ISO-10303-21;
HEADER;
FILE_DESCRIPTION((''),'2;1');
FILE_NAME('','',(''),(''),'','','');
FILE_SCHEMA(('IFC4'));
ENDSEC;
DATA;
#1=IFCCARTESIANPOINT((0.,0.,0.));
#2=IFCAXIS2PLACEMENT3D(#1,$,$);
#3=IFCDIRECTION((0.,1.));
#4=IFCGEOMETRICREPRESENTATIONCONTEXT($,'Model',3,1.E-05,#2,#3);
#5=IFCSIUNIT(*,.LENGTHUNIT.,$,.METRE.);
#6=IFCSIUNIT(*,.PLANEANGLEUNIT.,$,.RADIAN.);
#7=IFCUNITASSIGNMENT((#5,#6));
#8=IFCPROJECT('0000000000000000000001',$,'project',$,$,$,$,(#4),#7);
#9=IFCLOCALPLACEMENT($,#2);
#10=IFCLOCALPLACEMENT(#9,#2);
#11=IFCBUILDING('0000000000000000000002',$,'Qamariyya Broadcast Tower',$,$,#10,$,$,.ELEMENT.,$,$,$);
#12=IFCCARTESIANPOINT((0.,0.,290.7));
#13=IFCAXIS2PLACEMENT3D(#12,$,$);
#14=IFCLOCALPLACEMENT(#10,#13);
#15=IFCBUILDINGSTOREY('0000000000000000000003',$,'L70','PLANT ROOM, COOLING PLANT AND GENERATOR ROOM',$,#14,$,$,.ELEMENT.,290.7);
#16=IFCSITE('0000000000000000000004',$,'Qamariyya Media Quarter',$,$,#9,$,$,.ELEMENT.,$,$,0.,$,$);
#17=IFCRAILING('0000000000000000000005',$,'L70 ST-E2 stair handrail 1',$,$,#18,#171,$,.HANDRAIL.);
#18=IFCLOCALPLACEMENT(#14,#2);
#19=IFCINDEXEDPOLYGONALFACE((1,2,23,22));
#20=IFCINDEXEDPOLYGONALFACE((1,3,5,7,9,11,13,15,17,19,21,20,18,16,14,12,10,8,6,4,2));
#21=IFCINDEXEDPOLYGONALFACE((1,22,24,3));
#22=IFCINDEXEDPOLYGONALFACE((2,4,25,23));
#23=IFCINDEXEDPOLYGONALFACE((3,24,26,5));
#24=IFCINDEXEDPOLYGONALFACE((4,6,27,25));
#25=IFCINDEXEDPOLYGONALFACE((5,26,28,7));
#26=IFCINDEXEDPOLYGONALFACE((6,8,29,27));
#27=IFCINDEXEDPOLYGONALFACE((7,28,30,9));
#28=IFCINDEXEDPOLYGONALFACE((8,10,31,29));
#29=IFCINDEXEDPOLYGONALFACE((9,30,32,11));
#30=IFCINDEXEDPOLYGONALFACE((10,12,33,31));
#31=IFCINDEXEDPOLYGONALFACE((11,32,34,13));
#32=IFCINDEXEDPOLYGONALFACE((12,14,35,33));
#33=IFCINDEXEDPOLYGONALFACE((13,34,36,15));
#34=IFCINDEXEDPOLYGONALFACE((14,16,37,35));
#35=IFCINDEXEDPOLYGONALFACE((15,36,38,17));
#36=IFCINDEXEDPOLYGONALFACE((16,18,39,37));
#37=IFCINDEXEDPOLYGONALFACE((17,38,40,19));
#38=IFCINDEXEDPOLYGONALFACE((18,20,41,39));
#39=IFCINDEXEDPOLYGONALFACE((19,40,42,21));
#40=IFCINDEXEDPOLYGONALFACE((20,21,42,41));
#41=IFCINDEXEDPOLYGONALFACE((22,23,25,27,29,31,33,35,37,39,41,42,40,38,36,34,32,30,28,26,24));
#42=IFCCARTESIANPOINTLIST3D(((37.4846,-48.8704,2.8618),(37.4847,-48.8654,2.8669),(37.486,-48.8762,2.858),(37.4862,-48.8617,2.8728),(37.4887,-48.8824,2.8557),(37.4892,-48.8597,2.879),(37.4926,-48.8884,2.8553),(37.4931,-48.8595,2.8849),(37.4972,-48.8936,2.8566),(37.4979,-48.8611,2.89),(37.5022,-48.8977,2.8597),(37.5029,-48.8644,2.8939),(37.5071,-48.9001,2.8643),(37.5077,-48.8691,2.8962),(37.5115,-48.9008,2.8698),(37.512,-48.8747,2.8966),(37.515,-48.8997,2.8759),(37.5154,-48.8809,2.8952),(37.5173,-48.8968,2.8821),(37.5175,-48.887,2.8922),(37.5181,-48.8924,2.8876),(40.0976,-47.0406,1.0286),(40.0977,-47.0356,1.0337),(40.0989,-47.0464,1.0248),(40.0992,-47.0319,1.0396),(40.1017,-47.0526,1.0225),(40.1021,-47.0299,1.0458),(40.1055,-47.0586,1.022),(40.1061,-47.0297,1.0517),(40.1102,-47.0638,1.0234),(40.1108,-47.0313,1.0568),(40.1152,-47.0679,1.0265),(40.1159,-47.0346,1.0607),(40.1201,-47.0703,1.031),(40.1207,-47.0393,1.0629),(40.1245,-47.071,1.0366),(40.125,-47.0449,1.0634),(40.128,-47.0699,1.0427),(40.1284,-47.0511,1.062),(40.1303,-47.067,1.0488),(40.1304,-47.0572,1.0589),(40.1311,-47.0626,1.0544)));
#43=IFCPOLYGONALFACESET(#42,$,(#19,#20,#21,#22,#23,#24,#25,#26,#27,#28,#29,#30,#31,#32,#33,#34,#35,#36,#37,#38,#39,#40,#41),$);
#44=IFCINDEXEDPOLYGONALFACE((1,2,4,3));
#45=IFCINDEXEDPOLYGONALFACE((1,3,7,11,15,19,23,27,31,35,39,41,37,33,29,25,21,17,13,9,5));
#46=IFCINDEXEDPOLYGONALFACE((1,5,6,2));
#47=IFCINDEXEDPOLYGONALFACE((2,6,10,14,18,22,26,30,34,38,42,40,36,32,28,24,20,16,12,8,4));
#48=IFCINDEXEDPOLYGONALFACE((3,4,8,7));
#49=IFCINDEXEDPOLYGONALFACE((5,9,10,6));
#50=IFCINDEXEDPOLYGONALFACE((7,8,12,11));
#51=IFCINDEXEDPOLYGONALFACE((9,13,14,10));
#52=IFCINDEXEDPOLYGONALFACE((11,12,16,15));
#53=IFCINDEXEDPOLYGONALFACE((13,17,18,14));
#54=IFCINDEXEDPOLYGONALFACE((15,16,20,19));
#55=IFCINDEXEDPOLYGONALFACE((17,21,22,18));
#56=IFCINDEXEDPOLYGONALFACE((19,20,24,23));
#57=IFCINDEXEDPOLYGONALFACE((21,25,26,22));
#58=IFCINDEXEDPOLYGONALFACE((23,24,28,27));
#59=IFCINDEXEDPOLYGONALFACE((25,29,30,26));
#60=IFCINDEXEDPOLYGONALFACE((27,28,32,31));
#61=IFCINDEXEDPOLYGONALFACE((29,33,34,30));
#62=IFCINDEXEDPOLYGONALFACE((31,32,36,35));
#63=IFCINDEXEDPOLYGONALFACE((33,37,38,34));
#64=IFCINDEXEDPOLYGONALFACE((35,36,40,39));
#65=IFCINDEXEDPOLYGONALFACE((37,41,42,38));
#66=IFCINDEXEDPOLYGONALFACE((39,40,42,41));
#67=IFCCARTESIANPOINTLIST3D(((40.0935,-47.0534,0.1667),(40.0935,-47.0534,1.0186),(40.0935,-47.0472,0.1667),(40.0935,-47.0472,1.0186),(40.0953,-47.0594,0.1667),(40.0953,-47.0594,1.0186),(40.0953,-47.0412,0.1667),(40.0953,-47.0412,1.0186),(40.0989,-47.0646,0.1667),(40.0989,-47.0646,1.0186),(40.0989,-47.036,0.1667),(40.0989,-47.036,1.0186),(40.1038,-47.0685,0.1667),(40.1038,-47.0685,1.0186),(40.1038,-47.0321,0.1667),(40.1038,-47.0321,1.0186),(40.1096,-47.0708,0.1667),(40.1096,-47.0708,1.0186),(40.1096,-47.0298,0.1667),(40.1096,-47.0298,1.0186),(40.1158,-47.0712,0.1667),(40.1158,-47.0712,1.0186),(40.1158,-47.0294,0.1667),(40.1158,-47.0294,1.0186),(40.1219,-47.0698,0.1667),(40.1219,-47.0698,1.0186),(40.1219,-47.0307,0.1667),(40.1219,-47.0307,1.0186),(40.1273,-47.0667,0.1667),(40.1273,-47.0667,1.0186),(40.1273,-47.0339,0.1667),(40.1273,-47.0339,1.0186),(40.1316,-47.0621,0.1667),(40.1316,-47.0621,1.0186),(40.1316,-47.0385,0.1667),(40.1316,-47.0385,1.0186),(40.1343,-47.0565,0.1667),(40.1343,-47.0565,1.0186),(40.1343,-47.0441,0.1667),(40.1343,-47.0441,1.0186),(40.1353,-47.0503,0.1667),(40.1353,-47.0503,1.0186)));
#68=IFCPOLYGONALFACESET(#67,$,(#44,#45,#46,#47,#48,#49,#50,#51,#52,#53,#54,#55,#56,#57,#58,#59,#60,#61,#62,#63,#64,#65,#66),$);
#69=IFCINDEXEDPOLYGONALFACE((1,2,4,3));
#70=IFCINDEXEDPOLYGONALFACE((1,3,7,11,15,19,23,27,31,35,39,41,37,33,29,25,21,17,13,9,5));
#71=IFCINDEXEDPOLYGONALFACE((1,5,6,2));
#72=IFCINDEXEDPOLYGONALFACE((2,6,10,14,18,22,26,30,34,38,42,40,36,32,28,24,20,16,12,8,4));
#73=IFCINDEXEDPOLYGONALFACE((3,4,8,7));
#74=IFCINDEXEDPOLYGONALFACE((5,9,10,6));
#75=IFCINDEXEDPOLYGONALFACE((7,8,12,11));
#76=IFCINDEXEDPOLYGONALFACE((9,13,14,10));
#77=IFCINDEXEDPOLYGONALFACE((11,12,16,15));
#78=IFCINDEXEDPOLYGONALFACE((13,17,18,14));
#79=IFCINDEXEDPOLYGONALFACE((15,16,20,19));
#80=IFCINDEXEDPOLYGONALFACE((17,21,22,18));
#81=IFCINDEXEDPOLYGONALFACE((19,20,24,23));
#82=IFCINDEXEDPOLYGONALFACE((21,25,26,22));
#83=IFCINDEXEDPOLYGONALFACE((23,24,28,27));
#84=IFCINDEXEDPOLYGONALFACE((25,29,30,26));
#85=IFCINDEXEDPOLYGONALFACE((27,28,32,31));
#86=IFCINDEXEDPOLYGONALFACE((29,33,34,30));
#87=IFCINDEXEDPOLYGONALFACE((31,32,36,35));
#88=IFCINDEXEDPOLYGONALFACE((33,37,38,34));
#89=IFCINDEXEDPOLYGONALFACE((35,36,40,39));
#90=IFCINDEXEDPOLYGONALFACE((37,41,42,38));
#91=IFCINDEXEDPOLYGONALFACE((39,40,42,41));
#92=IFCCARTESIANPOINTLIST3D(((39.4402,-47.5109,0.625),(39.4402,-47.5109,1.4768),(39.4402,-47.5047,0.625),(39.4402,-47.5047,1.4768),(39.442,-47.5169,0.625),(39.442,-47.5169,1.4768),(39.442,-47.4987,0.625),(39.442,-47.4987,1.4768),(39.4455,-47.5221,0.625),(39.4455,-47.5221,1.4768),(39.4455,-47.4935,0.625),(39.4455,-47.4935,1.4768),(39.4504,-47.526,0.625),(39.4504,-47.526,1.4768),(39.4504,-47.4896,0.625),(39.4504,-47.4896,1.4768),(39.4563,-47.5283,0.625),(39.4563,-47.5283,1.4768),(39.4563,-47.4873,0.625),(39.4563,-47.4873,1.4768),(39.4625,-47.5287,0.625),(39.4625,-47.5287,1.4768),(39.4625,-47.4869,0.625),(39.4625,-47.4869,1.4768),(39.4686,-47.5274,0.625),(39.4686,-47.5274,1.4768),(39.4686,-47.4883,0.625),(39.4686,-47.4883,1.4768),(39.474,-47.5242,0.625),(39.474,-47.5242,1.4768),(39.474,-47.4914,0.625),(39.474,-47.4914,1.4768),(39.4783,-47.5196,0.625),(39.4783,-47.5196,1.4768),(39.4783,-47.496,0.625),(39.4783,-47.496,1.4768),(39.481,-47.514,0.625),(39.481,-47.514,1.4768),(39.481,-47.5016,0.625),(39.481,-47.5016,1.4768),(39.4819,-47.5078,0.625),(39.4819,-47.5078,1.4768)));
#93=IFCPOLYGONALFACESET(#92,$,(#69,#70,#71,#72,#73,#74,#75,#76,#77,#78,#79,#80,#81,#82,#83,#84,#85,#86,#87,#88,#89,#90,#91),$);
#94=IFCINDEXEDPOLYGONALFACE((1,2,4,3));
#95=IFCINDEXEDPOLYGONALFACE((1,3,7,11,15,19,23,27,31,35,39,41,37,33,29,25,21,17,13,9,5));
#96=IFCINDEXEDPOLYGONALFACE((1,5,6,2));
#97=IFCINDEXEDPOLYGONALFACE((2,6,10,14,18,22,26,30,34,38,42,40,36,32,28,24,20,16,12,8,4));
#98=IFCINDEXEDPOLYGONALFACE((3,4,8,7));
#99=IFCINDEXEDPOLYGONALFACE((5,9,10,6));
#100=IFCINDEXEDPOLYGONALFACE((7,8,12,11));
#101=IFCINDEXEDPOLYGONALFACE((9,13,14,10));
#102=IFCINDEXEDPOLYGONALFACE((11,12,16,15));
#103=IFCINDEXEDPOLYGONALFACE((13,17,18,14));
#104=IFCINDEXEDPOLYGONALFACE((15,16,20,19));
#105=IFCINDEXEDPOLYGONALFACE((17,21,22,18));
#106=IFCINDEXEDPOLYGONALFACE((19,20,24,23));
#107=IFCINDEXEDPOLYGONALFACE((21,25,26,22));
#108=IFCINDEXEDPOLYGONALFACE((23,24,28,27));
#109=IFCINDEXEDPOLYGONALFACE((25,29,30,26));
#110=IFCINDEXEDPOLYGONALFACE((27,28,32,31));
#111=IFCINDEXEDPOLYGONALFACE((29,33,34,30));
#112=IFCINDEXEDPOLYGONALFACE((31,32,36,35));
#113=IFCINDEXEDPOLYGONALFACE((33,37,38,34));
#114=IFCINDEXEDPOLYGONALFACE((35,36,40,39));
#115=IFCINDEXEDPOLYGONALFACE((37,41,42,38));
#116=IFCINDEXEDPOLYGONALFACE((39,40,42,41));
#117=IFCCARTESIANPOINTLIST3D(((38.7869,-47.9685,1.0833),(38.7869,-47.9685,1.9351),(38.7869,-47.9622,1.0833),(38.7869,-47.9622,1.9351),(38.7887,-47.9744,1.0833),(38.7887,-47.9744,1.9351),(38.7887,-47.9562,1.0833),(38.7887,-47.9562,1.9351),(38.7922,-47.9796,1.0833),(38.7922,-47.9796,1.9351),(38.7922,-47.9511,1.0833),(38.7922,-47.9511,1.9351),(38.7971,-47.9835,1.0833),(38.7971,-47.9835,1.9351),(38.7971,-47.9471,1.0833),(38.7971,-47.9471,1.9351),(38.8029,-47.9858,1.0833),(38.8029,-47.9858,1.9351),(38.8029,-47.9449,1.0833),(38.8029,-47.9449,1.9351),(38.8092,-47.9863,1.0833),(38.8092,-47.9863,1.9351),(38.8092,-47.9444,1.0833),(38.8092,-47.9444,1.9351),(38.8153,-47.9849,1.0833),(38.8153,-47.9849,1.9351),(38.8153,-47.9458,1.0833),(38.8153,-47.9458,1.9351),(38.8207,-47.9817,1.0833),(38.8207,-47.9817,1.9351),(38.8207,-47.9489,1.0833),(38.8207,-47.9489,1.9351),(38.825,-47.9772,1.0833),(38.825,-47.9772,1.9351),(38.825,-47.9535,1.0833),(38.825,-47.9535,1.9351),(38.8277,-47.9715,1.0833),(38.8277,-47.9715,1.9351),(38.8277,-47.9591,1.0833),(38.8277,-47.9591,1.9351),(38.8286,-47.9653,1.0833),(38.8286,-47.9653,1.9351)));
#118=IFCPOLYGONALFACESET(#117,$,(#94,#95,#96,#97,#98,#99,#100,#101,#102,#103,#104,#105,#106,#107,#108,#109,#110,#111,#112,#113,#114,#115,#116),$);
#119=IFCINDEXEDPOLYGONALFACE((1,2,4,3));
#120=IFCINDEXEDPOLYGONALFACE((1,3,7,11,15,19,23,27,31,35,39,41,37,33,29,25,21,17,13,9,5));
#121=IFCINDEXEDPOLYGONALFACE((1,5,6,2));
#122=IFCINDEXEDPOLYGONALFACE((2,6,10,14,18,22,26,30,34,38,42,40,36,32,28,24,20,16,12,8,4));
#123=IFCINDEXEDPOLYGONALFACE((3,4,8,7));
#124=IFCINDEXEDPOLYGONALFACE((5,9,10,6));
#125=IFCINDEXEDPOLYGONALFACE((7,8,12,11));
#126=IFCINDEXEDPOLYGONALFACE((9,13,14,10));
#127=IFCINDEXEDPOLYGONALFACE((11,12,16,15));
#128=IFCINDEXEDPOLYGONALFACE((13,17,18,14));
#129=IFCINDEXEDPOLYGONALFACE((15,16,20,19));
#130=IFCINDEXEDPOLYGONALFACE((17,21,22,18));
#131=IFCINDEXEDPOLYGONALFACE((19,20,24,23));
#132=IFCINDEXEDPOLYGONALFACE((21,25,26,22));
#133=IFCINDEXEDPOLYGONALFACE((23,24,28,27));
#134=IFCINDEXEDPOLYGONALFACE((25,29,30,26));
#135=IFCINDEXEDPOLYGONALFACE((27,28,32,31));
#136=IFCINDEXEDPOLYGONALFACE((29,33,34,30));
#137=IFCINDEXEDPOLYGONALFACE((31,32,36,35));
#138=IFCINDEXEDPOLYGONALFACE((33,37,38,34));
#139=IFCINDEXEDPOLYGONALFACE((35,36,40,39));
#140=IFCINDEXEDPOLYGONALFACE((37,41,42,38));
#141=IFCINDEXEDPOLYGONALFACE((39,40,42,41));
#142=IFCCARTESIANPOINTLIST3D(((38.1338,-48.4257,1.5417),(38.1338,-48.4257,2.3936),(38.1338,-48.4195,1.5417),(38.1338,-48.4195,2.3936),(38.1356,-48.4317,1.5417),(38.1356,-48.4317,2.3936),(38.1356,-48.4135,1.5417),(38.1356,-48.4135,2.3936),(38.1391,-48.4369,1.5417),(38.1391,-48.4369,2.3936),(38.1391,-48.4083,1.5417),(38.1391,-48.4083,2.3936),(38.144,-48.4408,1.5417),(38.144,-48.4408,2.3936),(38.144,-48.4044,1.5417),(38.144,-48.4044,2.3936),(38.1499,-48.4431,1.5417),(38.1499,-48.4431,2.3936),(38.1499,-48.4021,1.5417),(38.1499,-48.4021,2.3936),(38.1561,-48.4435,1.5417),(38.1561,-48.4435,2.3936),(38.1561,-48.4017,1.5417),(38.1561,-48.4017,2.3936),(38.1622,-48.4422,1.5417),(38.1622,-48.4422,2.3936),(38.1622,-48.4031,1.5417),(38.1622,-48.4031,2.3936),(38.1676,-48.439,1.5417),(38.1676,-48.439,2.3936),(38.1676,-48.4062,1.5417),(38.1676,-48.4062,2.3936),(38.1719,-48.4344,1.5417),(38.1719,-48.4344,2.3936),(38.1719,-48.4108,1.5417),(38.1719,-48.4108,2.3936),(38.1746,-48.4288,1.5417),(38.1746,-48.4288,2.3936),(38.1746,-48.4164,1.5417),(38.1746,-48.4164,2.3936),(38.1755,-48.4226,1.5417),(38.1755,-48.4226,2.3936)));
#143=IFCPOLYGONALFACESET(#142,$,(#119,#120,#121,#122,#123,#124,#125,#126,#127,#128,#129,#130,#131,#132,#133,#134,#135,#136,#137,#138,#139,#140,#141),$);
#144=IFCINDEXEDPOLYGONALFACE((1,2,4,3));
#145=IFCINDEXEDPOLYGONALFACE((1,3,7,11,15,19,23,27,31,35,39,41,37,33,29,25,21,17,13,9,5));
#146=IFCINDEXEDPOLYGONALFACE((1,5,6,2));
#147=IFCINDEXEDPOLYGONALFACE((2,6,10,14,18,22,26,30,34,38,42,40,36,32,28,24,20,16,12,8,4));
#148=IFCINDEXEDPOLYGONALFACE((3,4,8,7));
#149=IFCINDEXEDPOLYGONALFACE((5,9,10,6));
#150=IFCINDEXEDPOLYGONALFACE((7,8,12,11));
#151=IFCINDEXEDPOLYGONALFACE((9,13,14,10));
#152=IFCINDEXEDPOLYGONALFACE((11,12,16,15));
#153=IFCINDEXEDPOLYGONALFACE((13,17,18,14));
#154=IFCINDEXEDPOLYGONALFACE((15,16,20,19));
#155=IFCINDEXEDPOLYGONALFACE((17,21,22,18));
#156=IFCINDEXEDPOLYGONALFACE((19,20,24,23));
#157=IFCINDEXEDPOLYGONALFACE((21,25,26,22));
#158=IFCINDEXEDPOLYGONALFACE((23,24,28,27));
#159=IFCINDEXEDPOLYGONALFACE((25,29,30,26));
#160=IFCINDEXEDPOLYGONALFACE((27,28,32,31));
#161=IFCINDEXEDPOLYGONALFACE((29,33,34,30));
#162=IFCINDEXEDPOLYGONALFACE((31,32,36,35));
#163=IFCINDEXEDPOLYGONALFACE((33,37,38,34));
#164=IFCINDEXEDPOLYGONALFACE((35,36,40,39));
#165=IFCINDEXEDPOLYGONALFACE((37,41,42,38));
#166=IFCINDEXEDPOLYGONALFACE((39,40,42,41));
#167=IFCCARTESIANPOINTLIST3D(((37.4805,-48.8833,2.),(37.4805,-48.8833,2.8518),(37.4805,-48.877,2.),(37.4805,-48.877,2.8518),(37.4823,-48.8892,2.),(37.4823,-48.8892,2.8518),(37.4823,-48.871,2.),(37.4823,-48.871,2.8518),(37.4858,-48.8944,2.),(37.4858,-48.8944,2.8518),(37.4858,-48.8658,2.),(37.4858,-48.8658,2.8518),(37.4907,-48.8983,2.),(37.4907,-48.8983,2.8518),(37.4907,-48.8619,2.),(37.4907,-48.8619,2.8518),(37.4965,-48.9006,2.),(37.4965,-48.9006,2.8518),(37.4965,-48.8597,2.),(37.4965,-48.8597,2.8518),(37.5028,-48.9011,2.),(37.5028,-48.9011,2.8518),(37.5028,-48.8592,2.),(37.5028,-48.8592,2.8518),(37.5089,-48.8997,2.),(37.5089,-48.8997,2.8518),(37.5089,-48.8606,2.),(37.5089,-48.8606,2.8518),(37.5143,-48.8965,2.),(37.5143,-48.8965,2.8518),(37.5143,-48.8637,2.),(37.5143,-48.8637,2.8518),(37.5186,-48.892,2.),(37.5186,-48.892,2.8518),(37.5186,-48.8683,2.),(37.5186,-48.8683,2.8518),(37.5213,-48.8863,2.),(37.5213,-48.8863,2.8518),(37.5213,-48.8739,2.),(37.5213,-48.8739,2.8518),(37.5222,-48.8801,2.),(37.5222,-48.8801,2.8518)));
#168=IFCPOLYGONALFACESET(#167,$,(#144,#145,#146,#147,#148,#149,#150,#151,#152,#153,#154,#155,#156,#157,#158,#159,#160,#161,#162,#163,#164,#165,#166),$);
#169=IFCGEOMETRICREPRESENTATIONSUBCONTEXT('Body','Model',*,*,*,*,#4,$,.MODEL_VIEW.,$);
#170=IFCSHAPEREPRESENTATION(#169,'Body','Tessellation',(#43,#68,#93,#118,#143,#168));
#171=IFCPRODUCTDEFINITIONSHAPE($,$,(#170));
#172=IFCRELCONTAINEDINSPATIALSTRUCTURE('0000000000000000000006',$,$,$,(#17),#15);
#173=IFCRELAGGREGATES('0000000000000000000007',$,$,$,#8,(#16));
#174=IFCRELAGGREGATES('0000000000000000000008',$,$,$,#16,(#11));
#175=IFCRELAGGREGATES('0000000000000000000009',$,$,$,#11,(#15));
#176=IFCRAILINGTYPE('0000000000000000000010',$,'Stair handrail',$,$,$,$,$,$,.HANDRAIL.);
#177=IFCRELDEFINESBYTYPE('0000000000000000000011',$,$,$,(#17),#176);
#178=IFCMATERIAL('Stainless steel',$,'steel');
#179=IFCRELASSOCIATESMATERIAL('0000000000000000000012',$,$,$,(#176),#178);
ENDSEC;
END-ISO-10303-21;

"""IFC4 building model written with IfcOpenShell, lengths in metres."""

from ifc_helpers import new_model, si_unit, direction, frame, origin, origin_2d, place, context, subcontext, project, spatial, circle, extrude, material, type_object, element, save


model = new_model("IFC4")

# Units and contexts
model_context = context("Model", 3, precision=1e-05, world=origin(), true_north=direction((0.0, 1.0)))
body_context = subcontext(model_context, "Body", "Model", "MODEL_VIEW")
ifc_project = project(units=[si_unit("LENGTHUNIT", "METRE"), si_unit("PLANEANGLEUNIT", "RADIAN")], contexts=[model_context])

# Site, building, storey
site_placement = place(None, origin())
site = spatial("IfcSite", under=ifc_project, at=site_placement, Name="Qamariyya Media Quarter", CompositionType="ELEMENT", RefElevation=0.0)
building_placement = place(site_placement, origin())
building = spatial("IfcBuilding", under=site, at=building_placement, Name="Qamariyya Broadcast Tower", CompositionType="ELEMENT")
storey_placement = place(building_placement, frame((0.0, 0.0, 290.7)))
storey = spatial("IfcBuildingStorey", under=building, at=storey_placement, Name="L70", Description="PLANT ROOM, COOLING PLANT AND GENERATOR ROOM", CompositionType="ELEMENT", Elevation=290.7)

# Railing
ifc_material_1 = material(Name="Stainless steel", Category="steel")
railing_type_1 = type_object("IfcRailingType", Name="Stair handrail", PredefinedType="HANDRAIL", material=ifc_material_1)
railing_1_placement = place(storey_placement, frame((40.1143, -47.0503, 0.1667)))
element("IfcRailing", 1, at=railing_1_placement, inside=storey, type_object=railing_type_1, Name="L70 ST-E2 stair handrail 1", PredefinedType="HANDRAIL", context=body_context, shape_type="SweptSolid", body=[
    extrude(circle(Radius=0.0239, at=origin_2d()), frame((0.0, 0.0, 0.876), z_axis=(-0.710204, -0.497335, 0.498264), x_axis=(0.573611, -0.819128, 0.0)), (0.0, 0.0, 1.0), 3.6792),
    extrude(circle(Radius=0.021, at=origin_2d()), origin(), (0.0, 0.0, 1.0), 0.8518),
    extrude(circle(Radius=0.021, at=origin_2d()), frame((-0.6533, -0.4575, 0.4583)), (0.0, 0.0, 1.0), 0.8518),
    extrude(circle(Radius=0.021, at=origin_2d()), frame((-1.3066, -0.915, 0.9165)), (0.0, 0.0, 1.0), 0.8518),
    extrude(circle(Radius=0.021, at=origin_2d()), frame((-1.9597, -1.3723, 1.375)), (0.0, 0.0, 1.0), 0.8518),
    extrude(circle(Radius=0.021, at=origin_2d()), frame((-2.613, -1.8298, 1.8333)), (0.0, 0.0, 1.0), 0.8518),
])

save(model, "model.ifc")
